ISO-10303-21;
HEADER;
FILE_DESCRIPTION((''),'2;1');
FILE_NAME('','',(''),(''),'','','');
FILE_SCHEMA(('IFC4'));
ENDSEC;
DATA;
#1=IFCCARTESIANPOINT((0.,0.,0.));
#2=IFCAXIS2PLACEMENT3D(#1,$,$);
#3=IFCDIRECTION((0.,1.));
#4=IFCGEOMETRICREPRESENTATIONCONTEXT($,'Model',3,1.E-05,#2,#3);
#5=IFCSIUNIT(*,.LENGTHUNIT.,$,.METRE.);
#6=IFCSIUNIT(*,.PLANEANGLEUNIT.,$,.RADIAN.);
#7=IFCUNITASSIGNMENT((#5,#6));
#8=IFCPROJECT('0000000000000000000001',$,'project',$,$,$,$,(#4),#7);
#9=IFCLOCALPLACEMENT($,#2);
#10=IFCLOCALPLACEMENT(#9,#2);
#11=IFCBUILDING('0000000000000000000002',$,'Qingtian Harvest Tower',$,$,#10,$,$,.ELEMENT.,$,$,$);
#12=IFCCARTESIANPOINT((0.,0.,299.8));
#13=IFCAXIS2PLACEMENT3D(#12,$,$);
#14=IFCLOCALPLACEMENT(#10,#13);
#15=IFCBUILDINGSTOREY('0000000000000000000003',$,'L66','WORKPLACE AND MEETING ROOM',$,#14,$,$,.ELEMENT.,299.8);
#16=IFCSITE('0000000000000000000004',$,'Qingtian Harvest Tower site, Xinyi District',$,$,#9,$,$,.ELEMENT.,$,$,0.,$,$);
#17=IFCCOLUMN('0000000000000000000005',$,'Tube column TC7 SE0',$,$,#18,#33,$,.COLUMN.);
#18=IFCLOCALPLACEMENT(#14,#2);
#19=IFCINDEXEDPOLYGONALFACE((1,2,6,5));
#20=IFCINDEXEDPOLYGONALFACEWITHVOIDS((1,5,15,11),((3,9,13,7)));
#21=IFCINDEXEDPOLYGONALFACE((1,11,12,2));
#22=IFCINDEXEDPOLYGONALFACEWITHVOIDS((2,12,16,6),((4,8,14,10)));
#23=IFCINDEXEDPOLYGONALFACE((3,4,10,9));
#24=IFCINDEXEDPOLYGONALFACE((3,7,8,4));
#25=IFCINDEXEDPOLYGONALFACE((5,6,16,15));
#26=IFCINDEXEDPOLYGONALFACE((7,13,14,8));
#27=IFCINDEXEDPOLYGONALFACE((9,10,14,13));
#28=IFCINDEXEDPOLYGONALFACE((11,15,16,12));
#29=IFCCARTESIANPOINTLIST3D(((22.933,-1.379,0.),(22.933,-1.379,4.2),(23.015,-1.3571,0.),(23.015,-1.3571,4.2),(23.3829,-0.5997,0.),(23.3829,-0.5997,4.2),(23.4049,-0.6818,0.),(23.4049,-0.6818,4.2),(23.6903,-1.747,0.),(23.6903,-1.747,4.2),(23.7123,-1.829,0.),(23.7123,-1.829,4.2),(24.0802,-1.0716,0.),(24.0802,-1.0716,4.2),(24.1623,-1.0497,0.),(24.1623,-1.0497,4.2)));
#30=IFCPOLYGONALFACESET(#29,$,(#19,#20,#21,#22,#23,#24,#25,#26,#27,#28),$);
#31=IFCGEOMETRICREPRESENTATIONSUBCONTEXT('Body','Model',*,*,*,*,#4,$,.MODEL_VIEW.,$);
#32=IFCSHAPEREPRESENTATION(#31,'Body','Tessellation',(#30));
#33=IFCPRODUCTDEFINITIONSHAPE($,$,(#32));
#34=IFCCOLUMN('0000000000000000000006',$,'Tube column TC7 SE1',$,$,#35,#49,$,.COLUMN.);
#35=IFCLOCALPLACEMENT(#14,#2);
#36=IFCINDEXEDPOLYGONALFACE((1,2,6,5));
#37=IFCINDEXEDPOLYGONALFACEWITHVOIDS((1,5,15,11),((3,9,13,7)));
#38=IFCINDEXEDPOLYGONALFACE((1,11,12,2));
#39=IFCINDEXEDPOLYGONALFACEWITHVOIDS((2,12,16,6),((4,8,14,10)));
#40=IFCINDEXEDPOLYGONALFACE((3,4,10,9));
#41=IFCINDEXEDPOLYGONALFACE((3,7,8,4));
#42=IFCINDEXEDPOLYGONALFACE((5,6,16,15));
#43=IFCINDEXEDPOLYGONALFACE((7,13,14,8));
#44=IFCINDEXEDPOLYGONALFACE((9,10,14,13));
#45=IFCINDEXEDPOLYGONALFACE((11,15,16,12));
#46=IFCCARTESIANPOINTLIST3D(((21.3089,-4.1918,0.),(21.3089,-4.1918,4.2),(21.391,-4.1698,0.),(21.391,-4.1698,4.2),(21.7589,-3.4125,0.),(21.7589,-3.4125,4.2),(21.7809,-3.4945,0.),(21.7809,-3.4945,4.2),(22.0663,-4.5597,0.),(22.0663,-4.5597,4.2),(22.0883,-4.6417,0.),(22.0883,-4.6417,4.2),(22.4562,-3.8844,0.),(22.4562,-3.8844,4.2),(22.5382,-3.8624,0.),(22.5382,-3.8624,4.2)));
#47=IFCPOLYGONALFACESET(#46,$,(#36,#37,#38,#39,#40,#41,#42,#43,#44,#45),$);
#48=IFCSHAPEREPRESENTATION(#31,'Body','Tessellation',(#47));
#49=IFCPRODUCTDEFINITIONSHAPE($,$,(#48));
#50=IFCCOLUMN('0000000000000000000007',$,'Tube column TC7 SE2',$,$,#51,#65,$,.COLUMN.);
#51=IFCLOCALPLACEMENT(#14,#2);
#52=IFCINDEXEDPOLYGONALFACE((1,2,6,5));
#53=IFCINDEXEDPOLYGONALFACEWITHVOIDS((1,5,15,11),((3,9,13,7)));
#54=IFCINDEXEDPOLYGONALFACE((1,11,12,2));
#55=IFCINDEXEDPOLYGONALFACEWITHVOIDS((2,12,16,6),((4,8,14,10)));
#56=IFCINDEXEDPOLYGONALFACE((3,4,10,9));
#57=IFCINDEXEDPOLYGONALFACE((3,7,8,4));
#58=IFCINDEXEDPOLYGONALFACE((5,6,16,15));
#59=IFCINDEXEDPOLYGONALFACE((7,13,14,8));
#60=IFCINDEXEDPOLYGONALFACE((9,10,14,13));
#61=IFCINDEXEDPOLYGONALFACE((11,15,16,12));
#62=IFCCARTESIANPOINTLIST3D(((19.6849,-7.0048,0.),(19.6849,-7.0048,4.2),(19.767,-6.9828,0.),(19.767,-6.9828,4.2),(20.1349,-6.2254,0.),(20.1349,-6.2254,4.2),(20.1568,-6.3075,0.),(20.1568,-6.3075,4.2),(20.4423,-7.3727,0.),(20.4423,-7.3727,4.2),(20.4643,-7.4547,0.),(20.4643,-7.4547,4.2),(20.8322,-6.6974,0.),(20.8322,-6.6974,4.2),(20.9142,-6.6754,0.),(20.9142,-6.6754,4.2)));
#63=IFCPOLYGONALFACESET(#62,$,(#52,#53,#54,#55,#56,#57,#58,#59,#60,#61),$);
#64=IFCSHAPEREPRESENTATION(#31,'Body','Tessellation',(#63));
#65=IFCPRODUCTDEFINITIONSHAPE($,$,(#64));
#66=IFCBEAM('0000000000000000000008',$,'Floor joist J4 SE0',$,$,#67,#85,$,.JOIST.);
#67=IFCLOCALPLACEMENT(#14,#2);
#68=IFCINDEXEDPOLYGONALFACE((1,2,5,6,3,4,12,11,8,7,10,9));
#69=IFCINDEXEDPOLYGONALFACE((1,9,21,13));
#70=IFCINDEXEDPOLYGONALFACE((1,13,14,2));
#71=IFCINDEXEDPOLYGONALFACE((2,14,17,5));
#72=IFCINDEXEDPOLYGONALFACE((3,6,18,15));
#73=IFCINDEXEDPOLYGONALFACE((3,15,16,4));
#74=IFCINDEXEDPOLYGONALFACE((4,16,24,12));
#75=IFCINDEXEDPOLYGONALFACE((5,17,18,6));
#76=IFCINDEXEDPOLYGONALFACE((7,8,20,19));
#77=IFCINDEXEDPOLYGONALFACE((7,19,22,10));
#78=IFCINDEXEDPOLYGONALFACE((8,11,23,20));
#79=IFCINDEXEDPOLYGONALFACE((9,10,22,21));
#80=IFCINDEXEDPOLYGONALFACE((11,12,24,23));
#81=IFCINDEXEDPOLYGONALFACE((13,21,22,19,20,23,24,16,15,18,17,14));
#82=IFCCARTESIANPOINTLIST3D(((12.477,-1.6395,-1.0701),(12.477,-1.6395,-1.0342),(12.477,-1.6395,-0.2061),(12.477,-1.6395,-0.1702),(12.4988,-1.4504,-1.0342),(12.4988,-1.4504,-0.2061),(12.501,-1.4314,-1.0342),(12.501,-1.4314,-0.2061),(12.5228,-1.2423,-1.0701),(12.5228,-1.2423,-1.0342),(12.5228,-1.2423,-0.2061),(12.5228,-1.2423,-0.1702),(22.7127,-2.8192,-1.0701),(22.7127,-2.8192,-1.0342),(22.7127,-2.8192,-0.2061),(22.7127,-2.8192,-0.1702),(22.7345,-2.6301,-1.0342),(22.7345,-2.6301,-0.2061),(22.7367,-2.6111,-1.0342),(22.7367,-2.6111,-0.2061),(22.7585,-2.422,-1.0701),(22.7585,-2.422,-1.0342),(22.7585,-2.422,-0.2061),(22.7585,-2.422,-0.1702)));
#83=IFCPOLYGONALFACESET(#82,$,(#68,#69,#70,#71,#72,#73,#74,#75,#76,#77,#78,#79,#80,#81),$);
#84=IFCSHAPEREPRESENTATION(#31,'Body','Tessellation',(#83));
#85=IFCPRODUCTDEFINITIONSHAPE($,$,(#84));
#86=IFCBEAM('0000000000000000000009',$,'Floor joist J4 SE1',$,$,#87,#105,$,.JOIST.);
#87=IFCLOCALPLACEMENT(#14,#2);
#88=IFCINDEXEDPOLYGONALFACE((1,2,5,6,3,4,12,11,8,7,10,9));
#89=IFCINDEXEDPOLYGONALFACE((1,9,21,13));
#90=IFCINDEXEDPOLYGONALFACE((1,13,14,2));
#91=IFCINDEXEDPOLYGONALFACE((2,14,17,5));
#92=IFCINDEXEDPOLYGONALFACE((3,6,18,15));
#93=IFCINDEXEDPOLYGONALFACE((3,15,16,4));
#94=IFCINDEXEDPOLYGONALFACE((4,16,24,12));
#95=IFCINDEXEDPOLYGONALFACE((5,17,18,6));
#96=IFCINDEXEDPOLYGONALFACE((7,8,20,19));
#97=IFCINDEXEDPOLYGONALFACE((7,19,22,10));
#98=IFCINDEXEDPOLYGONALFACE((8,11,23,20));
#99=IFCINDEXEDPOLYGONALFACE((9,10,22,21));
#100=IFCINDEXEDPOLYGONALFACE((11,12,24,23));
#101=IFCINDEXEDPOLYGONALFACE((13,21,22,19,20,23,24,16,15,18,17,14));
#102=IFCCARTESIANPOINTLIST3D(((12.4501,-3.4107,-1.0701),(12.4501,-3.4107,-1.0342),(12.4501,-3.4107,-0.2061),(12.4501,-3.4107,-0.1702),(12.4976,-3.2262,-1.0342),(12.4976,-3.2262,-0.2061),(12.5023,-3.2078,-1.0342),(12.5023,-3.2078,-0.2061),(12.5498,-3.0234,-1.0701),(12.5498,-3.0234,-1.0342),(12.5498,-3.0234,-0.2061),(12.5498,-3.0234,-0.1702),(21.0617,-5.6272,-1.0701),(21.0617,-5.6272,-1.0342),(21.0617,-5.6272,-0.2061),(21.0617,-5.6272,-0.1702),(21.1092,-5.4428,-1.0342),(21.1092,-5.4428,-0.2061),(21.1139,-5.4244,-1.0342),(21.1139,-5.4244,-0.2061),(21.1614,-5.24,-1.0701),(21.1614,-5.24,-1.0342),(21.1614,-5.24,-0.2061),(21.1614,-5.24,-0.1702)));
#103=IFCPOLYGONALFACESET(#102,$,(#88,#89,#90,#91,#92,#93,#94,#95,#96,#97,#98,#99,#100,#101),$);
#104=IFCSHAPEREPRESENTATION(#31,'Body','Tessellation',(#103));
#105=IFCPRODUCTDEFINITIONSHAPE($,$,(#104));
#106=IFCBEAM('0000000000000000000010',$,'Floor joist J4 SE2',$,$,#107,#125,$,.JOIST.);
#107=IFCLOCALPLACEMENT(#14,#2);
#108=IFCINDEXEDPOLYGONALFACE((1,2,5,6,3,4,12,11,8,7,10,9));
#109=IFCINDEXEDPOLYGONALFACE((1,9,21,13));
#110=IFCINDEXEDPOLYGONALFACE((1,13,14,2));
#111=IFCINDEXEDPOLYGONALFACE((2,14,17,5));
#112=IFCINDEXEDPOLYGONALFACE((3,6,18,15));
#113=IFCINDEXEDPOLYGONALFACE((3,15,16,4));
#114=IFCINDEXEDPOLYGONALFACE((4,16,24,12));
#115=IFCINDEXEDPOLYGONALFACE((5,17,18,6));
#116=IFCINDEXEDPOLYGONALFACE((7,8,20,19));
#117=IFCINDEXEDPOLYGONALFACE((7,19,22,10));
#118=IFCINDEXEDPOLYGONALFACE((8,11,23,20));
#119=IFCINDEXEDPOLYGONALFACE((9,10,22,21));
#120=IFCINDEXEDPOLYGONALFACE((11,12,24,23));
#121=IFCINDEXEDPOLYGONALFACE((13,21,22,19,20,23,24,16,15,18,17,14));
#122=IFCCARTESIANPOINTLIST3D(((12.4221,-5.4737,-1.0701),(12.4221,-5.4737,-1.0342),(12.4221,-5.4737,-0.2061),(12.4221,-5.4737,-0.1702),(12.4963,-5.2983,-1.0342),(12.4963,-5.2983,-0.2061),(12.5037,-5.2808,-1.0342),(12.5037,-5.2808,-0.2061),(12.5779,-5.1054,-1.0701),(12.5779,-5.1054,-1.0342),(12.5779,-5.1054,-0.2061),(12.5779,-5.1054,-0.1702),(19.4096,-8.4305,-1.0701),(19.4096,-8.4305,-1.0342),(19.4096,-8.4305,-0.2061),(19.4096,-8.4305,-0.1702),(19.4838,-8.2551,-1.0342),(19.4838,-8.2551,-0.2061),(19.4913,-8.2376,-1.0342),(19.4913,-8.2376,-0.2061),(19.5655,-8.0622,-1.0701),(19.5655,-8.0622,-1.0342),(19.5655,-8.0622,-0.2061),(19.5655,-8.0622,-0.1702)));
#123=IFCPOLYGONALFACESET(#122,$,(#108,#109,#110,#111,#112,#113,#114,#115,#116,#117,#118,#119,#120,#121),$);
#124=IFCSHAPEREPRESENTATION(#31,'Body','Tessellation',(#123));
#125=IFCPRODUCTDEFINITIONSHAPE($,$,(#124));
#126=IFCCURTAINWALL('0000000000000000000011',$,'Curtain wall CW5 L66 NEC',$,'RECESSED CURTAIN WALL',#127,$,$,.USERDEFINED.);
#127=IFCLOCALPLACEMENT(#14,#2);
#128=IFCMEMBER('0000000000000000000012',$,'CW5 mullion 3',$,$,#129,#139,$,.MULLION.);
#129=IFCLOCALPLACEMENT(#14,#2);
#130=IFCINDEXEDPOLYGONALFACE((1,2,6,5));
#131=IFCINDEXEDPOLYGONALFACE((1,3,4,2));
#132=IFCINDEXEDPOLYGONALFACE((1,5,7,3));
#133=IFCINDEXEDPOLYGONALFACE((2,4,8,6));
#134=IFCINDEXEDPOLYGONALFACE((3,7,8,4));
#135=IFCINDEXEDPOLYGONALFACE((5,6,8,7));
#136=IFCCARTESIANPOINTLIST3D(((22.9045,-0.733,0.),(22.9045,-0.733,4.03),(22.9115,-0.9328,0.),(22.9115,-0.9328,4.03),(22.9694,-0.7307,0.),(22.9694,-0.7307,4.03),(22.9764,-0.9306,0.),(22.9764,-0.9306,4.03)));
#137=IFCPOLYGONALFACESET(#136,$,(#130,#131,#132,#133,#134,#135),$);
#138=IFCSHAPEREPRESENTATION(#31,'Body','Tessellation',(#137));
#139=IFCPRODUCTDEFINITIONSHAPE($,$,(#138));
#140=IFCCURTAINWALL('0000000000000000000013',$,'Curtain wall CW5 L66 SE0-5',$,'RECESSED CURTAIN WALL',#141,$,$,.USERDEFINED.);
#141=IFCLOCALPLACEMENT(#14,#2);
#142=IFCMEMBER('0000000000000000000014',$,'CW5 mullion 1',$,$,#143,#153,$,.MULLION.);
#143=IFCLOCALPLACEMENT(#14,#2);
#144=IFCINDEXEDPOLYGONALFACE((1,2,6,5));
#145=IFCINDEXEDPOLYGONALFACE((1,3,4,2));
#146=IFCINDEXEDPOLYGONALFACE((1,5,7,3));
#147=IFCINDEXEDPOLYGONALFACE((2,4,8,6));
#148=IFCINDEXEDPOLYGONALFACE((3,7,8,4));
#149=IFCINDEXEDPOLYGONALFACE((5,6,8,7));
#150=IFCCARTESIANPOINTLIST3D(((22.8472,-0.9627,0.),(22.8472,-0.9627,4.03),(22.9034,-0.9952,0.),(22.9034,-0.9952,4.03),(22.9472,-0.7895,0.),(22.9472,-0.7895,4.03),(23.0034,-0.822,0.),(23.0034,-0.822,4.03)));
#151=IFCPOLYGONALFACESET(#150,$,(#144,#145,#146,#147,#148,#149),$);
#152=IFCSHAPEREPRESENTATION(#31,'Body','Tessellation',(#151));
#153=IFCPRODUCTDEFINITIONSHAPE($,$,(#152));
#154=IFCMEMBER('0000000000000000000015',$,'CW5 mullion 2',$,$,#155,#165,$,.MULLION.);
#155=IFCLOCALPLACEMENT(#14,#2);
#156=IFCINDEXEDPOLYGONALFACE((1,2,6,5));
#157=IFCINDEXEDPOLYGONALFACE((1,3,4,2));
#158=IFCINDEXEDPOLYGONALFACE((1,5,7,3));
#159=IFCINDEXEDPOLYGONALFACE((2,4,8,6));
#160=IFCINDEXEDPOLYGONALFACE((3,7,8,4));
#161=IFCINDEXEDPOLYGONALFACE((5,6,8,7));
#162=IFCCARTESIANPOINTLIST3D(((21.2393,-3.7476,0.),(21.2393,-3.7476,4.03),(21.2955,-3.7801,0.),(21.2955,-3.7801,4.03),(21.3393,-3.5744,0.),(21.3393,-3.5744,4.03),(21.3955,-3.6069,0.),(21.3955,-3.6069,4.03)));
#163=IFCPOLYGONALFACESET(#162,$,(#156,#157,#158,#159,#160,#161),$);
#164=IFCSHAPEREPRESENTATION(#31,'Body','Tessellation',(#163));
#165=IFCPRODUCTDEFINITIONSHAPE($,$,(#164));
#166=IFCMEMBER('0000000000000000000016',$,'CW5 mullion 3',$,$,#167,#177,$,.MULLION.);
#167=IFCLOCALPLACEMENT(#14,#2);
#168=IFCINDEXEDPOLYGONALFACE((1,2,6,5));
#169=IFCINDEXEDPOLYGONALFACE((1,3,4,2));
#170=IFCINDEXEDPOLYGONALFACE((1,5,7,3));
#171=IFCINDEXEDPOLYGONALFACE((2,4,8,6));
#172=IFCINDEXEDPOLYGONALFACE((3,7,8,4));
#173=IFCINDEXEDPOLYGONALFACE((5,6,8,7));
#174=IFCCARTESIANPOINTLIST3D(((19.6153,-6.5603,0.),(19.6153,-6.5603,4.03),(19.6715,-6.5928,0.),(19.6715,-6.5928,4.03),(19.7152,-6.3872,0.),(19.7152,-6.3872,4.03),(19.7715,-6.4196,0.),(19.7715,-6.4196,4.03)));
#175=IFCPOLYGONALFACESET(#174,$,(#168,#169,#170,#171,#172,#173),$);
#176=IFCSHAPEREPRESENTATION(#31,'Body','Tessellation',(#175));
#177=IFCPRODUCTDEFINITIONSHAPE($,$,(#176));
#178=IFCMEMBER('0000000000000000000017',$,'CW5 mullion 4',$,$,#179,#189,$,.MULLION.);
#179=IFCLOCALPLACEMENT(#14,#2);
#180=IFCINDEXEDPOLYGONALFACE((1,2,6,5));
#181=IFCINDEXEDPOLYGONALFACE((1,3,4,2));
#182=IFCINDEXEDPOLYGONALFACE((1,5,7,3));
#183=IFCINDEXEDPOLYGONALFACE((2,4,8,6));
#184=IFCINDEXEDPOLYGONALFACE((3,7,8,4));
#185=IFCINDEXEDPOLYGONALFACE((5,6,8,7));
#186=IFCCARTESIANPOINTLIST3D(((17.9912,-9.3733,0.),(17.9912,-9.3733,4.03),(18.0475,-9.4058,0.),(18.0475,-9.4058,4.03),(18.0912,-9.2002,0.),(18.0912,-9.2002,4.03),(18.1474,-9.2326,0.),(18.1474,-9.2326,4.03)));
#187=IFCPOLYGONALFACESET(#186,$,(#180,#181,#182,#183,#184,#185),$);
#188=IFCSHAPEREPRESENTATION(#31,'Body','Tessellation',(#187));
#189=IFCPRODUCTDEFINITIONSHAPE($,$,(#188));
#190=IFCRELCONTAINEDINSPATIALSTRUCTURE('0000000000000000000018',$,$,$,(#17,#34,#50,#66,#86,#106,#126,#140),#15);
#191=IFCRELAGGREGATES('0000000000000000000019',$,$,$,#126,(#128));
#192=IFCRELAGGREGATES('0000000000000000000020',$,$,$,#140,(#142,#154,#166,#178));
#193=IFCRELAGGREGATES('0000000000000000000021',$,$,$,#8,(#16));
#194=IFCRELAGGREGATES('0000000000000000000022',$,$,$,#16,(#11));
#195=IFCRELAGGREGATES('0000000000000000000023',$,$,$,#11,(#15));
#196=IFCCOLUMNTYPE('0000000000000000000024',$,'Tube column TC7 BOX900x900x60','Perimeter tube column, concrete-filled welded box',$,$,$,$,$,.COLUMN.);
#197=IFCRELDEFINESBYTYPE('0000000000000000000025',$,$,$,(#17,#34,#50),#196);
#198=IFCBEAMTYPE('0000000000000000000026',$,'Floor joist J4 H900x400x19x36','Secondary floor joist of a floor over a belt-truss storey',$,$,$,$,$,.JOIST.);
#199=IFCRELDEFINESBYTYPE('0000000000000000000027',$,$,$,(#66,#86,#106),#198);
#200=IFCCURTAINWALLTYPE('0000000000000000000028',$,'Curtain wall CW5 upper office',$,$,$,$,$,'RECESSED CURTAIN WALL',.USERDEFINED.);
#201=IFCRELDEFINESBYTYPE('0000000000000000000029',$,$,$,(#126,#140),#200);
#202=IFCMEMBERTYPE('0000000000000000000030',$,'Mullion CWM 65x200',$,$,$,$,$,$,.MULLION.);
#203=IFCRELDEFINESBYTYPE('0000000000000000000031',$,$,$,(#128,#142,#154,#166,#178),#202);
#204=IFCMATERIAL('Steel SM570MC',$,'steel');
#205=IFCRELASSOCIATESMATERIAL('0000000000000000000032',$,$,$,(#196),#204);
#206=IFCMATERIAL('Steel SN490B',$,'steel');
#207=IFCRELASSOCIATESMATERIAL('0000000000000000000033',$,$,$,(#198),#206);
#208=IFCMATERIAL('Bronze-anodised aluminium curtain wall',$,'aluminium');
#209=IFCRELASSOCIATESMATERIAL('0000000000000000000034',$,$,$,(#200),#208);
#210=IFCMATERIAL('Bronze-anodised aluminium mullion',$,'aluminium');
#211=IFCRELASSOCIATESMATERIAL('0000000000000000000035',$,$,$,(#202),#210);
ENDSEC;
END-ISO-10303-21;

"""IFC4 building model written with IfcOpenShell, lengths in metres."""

from ifc_helpers import new_model, si_unit, direction, frame, origin, origin_2d, place, context, subcontext, project, spatial, rectangle, hollow_rectangle, i_section, extrude, material, material_profile, profile_set, type_object, element, aggregate, save


model = new_model("IFC4")

# Units and contexts
model_context = context("Model", 3, precision=1e-05, world=origin(), true_north=direction((0.0, 1.0)))
body_context = subcontext(model_context, "Body", "Model", "MODEL_VIEW")
ifc_project = project(units=[si_unit("LENGTHUNIT", "METRE"), si_unit("PLANEANGLEUNIT", "RADIAN")], contexts=[model_context])

# Site, building, storey
site_placement = place(None, origin())
site = spatial("IfcSite", under=ifc_project, at=site_placement, Name="Qingtian Harvest Tower site, Xinyi District", CompositionType="ELEMENT", RefElevation=0.0)
building_placement = place(site_placement, origin())
building = spatial("IfcBuilding", under=site, at=building_placement, Name="Qingtian Harvest Tower", CompositionType="ELEMENT")
storey_placement = place(building_placement, frame((0.0, 0.0, 299.8)))
storey = spatial("IfcBuildingStorey", under=building, at=storey_placement, Name="L66", Description="WORKPLACE AND MEETING ROOM", CompositionType="ELEMENT", Elevation=299.8)

# Columns
ifc_material_1 = material(Name="Steel SM570MC", Category="steel")
ifc_material_profile_1 = material_profile(ifc_material_1, hollow_rectangle(XDim=0.8999, YDim=0.8999, WallThickness=0.0601, at=origin_2d()), Name="BOX900x900x60")
ifc_profile_set_1 = profile_set([ifc_material_profile_1], Name="Steel SM570MC")
column_type = type_object("IfcColumnType", Name="Tube column TC7 BOX900x900x60", Description="Perimeter tube column, concrete-filled welded box", PredefinedType="COLUMN", material=ifc_profile_set_1)
for number, where, z_axis, x_axis, name in (
    (1, (23.5476, -1.2144, 0.0), (0.0, 0.0, 1.0), (0.5, 0.866025, 0.0), "Tube column TC7 SE0"),
    (2, (21.9236, -4.0271, 0.0), (0.0, 0.0, 1.0), (0.5, 0.866025, 0.0), "Tube column TC7 SE1"),
    (3, (20.2996, -6.8401, 0.0), (0.0, 0.0, 1.0), (0.5, 0.866025, 0.0), "Tube column TC7 SE2"),
):
    element("IfcColumn", number, at=place(storey_placement, frame(where, z_axis=z_axis, x_axis=x_axis)), inside=storey, type_object=column_type, Name=name, PredefinedType="COLUMN", context=body_context, shape_type="SweptSolid", body=[
        extrude(hollow_rectangle(XDim=0.8999, YDim=0.8999, WallThickness=0.0601, at=origin_2d()), origin(), (0.0, 0.0, 1.0), 4.2),
    ])

# Beams
ifc_material_2 = material(Name="Steel SN490B", Category="steel")
ifc_material_profile_2 = material_profile(ifc_material_2, i_section(OverallWidth=0.3999, OverallDepth=0.8999, WebThickness=0.019, FlangeThickness=0.0359, at=origin_2d()), Name="H900x400x19x36")
ifc_profile_set_2 = profile_set([ifc_material_profile_2], Name="Steel SN490B")
beam_type_1 = type_object("IfcBeamType", Name="Floor joist J4 H900x400x19x36", Description="Secondary floor joist of a floor over a belt-truss storey", PredefinedType="JOIST", material=ifc_profile_set_2)
beam_1_placement = place(storey_placement, frame((22.7356, -2.6206, -0.6201), z_axis=(-0.993424, 0.114495, 0.0), x_axis=(-0.114495, -0.993424, 0.0)))
element("IfcBeam", 4, at=beam_1_placement, inside=storey, type_object=beam_type_1, Name="Floor joist J4 SE0", PredefinedType="JOIST", context=body_context, shape_type="SweptSolid", body=[
    extrude(i_section(OverallWidth=0.3999, OverallDepth=0.8999, WebThickness=0.019, FlangeThickness=0.0359, at=origin_2d()), origin(), (0.0, 0.0, 1.0), 10.3035),
])
beam_2_placement = place(storey_placement, frame((21.1116, -5.4336, -0.6201), z_axis=(-0.968435, 0.249268, 0.0), x_axis=(-0.249268, -0.968435, 0.0)))
element("IfcBeam", 5, at=beam_2_placement, inside=storey, type_object=beam_type_1, Name="Floor joist J4 SE1", PredefinedType="JOIST", context=body_context, shape_type="SweptSolid", body=[
    extrude(i_section(OverallWidth=0.3999, OverallDepth=0.8999, WebThickness=0.019, FlangeThickness=0.0359, at=origin_2d()), origin(), (0.0, 0.0, 1.0), 8.8923),
])
beam_3_placement = place(storey_placement, frame((19.4875, -8.2463, -0.6201), z_axis=(-0.920943, 0.389698, 0.0), x_axis=(-0.389698, -0.920943, 0.0)))
element("IfcBeam", 6, at=beam_3_placement, inside=storey, type_object=beam_type_1, Name="Floor joist J4 SE2", PredefinedType="JOIST", context=body_context, shape_type="SweptSolid", body=[
    extrude(i_section(OverallWidth=0.3999, OverallDepth=0.8999, WebThickness=0.019, FlangeThickness=0.0359, at=origin_2d()), origin(), (0.0, 0.0, 1.0), 7.5874),
])

# Curtain wall, member
ifc_material_3 = material(Name="Bronze-anodised aluminium curtain wall", Category="aluminium")
curtain_wall_type = type_object("IfcCurtainWallType", Name="Curtain wall CW5 upper office", ElementType="RECESSED CURTAIN WALL", PredefinedType="USERDEFINED", material=ifc_material_3)
curtain_wall_1_placement = place(storey_placement, origin())
curtain_wall_1 = element("IfcCurtainWall", 7, at=curtain_wall_1_placement, inside=storey, type_object=curtain_wall_type, Name="Curtain wall CW5 L66 NEC", ObjectType="RECESSED CURTAIN WALL", PredefinedType="USERDEFINED")
ifc_material_4 = material(Name="Bronze-anodised aluminium mullion", Category="aluminium")
ifc_material_profile_3 = material_profile(ifc_material_4, rectangle(XDim=0.0649, YDim=0.2, at=origin_2d()), Name="AL 65x200")
ifc_profile_set_3 = profile_set([ifc_material_profile_3], Name="Bronze-anodised aluminium mullion")
member_type_1 = type_object("IfcMemberType", Name="Mullion CWM 65x200", PredefinedType="MULLION", material=ifc_profile_set_3)
member_1_placement = place(storey_placement, frame((22.9404, -0.8318, 0.0), z_axis=(0.0, 0.0, 1.0), x_axis=(0.999391, 0.034899, 0.0)))
member_1 = element("IfcMember", 8, at=member_1_placement, type_object=member_type_1, Name="CW5 mullion 3", PredefinedType="MULLION", context=body_context, shape_type="SweptSolid", body=[
    extrude(rectangle(XDim=0.0649, YDim=0.2, at=origin_2d()), origin(), (0.0, 0.0, 1.0), 4.03),
])

# Curtain wall, members
curtain_wall_2_placement = place(storey_placement, origin())
curtain_wall_2 = element("IfcCurtainWall", 9, at=curtain_wall_2_placement, inside=storey, type_object=curtain_wall_type, Name="Curtain wall CW5 L66 SE0-5", ObjectType="RECESSED CURTAIN WALL", PredefinedType="USERDEFINED")
member_2_placement = place(storey_placement, frame((22.9253, -0.8923, 0.0), z_axis=(0.0, 0.0, 1.0), x_axis=(0.866025, -0.5, 0.0)))
member_2 = element("IfcMember", 10, at=member_2_placement, type_object=member_type_1, Name="CW5 mullion 1", PredefinedType="MULLION", context=body_context, shape_type="SweptSolid", body=[
    extrude(rectangle(XDim=0.0649, YDim=0.2, at=origin_2d()), origin(), (0.0, 0.0, 1.0), 4.03),
])
member_3_placement = place(storey_placement, frame((21.3174, -3.6772, 0.0), z_axis=(0.0, 0.0, 1.0), x_axis=(0.866025, -0.5, 0.0)))
member_3 = element("IfcMember", 11, at=member_3_placement, type_object=member_type_1, Name="CW5 mullion 2", PredefinedType="MULLION", context=body_context, shape_type="SweptSolid", body=[
    extrude(rectangle(XDim=0.0649, YDim=0.2, at=origin_2d()), origin(), (0.0, 0.0, 1.0), 4.03),
])
member_4_placement = place(storey_placement, frame((19.6934, -6.49, 0.0), z_axis=(0.0, 0.0, 1.0), x_axis=(0.866025, -0.5, 0.0)))
member_4 = element("IfcMember", 12, at=member_4_placement, type_object=member_type_1, Name="CW5 mullion 3", PredefinedType="MULLION", context=body_context, shape_type="SweptSolid", body=[
    extrude(rectangle(XDim=0.0649, YDim=0.2, at=origin_2d()), origin(), (0.0, 0.0, 1.0), 4.03),
])
member_5_placement = place(storey_placement, frame((18.0693, -9.303, 0.0), z_axis=(0.0, 0.0, 1.0), x_axis=(0.866025, -0.5, 0.0)))
member_5 = element("IfcMember", 13, at=member_5_placement, type_object=member_type_1, Name="CW5 mullion 4", PredefinedType="MULLION", context=body_context, shape_type="SweptSolid", body=[
    extrude(rectangle(XDim=0.0649, YDim=0.2, at=origin_2d()), origin(), (0.0, 0.0, 1.0), 4.03),
])

aggregate(curtain_wall_1, [member_1])
aggregate(curtain_wall_2, [member_2, member_3, member_4, member_5])

save(model, "model.ifc")
